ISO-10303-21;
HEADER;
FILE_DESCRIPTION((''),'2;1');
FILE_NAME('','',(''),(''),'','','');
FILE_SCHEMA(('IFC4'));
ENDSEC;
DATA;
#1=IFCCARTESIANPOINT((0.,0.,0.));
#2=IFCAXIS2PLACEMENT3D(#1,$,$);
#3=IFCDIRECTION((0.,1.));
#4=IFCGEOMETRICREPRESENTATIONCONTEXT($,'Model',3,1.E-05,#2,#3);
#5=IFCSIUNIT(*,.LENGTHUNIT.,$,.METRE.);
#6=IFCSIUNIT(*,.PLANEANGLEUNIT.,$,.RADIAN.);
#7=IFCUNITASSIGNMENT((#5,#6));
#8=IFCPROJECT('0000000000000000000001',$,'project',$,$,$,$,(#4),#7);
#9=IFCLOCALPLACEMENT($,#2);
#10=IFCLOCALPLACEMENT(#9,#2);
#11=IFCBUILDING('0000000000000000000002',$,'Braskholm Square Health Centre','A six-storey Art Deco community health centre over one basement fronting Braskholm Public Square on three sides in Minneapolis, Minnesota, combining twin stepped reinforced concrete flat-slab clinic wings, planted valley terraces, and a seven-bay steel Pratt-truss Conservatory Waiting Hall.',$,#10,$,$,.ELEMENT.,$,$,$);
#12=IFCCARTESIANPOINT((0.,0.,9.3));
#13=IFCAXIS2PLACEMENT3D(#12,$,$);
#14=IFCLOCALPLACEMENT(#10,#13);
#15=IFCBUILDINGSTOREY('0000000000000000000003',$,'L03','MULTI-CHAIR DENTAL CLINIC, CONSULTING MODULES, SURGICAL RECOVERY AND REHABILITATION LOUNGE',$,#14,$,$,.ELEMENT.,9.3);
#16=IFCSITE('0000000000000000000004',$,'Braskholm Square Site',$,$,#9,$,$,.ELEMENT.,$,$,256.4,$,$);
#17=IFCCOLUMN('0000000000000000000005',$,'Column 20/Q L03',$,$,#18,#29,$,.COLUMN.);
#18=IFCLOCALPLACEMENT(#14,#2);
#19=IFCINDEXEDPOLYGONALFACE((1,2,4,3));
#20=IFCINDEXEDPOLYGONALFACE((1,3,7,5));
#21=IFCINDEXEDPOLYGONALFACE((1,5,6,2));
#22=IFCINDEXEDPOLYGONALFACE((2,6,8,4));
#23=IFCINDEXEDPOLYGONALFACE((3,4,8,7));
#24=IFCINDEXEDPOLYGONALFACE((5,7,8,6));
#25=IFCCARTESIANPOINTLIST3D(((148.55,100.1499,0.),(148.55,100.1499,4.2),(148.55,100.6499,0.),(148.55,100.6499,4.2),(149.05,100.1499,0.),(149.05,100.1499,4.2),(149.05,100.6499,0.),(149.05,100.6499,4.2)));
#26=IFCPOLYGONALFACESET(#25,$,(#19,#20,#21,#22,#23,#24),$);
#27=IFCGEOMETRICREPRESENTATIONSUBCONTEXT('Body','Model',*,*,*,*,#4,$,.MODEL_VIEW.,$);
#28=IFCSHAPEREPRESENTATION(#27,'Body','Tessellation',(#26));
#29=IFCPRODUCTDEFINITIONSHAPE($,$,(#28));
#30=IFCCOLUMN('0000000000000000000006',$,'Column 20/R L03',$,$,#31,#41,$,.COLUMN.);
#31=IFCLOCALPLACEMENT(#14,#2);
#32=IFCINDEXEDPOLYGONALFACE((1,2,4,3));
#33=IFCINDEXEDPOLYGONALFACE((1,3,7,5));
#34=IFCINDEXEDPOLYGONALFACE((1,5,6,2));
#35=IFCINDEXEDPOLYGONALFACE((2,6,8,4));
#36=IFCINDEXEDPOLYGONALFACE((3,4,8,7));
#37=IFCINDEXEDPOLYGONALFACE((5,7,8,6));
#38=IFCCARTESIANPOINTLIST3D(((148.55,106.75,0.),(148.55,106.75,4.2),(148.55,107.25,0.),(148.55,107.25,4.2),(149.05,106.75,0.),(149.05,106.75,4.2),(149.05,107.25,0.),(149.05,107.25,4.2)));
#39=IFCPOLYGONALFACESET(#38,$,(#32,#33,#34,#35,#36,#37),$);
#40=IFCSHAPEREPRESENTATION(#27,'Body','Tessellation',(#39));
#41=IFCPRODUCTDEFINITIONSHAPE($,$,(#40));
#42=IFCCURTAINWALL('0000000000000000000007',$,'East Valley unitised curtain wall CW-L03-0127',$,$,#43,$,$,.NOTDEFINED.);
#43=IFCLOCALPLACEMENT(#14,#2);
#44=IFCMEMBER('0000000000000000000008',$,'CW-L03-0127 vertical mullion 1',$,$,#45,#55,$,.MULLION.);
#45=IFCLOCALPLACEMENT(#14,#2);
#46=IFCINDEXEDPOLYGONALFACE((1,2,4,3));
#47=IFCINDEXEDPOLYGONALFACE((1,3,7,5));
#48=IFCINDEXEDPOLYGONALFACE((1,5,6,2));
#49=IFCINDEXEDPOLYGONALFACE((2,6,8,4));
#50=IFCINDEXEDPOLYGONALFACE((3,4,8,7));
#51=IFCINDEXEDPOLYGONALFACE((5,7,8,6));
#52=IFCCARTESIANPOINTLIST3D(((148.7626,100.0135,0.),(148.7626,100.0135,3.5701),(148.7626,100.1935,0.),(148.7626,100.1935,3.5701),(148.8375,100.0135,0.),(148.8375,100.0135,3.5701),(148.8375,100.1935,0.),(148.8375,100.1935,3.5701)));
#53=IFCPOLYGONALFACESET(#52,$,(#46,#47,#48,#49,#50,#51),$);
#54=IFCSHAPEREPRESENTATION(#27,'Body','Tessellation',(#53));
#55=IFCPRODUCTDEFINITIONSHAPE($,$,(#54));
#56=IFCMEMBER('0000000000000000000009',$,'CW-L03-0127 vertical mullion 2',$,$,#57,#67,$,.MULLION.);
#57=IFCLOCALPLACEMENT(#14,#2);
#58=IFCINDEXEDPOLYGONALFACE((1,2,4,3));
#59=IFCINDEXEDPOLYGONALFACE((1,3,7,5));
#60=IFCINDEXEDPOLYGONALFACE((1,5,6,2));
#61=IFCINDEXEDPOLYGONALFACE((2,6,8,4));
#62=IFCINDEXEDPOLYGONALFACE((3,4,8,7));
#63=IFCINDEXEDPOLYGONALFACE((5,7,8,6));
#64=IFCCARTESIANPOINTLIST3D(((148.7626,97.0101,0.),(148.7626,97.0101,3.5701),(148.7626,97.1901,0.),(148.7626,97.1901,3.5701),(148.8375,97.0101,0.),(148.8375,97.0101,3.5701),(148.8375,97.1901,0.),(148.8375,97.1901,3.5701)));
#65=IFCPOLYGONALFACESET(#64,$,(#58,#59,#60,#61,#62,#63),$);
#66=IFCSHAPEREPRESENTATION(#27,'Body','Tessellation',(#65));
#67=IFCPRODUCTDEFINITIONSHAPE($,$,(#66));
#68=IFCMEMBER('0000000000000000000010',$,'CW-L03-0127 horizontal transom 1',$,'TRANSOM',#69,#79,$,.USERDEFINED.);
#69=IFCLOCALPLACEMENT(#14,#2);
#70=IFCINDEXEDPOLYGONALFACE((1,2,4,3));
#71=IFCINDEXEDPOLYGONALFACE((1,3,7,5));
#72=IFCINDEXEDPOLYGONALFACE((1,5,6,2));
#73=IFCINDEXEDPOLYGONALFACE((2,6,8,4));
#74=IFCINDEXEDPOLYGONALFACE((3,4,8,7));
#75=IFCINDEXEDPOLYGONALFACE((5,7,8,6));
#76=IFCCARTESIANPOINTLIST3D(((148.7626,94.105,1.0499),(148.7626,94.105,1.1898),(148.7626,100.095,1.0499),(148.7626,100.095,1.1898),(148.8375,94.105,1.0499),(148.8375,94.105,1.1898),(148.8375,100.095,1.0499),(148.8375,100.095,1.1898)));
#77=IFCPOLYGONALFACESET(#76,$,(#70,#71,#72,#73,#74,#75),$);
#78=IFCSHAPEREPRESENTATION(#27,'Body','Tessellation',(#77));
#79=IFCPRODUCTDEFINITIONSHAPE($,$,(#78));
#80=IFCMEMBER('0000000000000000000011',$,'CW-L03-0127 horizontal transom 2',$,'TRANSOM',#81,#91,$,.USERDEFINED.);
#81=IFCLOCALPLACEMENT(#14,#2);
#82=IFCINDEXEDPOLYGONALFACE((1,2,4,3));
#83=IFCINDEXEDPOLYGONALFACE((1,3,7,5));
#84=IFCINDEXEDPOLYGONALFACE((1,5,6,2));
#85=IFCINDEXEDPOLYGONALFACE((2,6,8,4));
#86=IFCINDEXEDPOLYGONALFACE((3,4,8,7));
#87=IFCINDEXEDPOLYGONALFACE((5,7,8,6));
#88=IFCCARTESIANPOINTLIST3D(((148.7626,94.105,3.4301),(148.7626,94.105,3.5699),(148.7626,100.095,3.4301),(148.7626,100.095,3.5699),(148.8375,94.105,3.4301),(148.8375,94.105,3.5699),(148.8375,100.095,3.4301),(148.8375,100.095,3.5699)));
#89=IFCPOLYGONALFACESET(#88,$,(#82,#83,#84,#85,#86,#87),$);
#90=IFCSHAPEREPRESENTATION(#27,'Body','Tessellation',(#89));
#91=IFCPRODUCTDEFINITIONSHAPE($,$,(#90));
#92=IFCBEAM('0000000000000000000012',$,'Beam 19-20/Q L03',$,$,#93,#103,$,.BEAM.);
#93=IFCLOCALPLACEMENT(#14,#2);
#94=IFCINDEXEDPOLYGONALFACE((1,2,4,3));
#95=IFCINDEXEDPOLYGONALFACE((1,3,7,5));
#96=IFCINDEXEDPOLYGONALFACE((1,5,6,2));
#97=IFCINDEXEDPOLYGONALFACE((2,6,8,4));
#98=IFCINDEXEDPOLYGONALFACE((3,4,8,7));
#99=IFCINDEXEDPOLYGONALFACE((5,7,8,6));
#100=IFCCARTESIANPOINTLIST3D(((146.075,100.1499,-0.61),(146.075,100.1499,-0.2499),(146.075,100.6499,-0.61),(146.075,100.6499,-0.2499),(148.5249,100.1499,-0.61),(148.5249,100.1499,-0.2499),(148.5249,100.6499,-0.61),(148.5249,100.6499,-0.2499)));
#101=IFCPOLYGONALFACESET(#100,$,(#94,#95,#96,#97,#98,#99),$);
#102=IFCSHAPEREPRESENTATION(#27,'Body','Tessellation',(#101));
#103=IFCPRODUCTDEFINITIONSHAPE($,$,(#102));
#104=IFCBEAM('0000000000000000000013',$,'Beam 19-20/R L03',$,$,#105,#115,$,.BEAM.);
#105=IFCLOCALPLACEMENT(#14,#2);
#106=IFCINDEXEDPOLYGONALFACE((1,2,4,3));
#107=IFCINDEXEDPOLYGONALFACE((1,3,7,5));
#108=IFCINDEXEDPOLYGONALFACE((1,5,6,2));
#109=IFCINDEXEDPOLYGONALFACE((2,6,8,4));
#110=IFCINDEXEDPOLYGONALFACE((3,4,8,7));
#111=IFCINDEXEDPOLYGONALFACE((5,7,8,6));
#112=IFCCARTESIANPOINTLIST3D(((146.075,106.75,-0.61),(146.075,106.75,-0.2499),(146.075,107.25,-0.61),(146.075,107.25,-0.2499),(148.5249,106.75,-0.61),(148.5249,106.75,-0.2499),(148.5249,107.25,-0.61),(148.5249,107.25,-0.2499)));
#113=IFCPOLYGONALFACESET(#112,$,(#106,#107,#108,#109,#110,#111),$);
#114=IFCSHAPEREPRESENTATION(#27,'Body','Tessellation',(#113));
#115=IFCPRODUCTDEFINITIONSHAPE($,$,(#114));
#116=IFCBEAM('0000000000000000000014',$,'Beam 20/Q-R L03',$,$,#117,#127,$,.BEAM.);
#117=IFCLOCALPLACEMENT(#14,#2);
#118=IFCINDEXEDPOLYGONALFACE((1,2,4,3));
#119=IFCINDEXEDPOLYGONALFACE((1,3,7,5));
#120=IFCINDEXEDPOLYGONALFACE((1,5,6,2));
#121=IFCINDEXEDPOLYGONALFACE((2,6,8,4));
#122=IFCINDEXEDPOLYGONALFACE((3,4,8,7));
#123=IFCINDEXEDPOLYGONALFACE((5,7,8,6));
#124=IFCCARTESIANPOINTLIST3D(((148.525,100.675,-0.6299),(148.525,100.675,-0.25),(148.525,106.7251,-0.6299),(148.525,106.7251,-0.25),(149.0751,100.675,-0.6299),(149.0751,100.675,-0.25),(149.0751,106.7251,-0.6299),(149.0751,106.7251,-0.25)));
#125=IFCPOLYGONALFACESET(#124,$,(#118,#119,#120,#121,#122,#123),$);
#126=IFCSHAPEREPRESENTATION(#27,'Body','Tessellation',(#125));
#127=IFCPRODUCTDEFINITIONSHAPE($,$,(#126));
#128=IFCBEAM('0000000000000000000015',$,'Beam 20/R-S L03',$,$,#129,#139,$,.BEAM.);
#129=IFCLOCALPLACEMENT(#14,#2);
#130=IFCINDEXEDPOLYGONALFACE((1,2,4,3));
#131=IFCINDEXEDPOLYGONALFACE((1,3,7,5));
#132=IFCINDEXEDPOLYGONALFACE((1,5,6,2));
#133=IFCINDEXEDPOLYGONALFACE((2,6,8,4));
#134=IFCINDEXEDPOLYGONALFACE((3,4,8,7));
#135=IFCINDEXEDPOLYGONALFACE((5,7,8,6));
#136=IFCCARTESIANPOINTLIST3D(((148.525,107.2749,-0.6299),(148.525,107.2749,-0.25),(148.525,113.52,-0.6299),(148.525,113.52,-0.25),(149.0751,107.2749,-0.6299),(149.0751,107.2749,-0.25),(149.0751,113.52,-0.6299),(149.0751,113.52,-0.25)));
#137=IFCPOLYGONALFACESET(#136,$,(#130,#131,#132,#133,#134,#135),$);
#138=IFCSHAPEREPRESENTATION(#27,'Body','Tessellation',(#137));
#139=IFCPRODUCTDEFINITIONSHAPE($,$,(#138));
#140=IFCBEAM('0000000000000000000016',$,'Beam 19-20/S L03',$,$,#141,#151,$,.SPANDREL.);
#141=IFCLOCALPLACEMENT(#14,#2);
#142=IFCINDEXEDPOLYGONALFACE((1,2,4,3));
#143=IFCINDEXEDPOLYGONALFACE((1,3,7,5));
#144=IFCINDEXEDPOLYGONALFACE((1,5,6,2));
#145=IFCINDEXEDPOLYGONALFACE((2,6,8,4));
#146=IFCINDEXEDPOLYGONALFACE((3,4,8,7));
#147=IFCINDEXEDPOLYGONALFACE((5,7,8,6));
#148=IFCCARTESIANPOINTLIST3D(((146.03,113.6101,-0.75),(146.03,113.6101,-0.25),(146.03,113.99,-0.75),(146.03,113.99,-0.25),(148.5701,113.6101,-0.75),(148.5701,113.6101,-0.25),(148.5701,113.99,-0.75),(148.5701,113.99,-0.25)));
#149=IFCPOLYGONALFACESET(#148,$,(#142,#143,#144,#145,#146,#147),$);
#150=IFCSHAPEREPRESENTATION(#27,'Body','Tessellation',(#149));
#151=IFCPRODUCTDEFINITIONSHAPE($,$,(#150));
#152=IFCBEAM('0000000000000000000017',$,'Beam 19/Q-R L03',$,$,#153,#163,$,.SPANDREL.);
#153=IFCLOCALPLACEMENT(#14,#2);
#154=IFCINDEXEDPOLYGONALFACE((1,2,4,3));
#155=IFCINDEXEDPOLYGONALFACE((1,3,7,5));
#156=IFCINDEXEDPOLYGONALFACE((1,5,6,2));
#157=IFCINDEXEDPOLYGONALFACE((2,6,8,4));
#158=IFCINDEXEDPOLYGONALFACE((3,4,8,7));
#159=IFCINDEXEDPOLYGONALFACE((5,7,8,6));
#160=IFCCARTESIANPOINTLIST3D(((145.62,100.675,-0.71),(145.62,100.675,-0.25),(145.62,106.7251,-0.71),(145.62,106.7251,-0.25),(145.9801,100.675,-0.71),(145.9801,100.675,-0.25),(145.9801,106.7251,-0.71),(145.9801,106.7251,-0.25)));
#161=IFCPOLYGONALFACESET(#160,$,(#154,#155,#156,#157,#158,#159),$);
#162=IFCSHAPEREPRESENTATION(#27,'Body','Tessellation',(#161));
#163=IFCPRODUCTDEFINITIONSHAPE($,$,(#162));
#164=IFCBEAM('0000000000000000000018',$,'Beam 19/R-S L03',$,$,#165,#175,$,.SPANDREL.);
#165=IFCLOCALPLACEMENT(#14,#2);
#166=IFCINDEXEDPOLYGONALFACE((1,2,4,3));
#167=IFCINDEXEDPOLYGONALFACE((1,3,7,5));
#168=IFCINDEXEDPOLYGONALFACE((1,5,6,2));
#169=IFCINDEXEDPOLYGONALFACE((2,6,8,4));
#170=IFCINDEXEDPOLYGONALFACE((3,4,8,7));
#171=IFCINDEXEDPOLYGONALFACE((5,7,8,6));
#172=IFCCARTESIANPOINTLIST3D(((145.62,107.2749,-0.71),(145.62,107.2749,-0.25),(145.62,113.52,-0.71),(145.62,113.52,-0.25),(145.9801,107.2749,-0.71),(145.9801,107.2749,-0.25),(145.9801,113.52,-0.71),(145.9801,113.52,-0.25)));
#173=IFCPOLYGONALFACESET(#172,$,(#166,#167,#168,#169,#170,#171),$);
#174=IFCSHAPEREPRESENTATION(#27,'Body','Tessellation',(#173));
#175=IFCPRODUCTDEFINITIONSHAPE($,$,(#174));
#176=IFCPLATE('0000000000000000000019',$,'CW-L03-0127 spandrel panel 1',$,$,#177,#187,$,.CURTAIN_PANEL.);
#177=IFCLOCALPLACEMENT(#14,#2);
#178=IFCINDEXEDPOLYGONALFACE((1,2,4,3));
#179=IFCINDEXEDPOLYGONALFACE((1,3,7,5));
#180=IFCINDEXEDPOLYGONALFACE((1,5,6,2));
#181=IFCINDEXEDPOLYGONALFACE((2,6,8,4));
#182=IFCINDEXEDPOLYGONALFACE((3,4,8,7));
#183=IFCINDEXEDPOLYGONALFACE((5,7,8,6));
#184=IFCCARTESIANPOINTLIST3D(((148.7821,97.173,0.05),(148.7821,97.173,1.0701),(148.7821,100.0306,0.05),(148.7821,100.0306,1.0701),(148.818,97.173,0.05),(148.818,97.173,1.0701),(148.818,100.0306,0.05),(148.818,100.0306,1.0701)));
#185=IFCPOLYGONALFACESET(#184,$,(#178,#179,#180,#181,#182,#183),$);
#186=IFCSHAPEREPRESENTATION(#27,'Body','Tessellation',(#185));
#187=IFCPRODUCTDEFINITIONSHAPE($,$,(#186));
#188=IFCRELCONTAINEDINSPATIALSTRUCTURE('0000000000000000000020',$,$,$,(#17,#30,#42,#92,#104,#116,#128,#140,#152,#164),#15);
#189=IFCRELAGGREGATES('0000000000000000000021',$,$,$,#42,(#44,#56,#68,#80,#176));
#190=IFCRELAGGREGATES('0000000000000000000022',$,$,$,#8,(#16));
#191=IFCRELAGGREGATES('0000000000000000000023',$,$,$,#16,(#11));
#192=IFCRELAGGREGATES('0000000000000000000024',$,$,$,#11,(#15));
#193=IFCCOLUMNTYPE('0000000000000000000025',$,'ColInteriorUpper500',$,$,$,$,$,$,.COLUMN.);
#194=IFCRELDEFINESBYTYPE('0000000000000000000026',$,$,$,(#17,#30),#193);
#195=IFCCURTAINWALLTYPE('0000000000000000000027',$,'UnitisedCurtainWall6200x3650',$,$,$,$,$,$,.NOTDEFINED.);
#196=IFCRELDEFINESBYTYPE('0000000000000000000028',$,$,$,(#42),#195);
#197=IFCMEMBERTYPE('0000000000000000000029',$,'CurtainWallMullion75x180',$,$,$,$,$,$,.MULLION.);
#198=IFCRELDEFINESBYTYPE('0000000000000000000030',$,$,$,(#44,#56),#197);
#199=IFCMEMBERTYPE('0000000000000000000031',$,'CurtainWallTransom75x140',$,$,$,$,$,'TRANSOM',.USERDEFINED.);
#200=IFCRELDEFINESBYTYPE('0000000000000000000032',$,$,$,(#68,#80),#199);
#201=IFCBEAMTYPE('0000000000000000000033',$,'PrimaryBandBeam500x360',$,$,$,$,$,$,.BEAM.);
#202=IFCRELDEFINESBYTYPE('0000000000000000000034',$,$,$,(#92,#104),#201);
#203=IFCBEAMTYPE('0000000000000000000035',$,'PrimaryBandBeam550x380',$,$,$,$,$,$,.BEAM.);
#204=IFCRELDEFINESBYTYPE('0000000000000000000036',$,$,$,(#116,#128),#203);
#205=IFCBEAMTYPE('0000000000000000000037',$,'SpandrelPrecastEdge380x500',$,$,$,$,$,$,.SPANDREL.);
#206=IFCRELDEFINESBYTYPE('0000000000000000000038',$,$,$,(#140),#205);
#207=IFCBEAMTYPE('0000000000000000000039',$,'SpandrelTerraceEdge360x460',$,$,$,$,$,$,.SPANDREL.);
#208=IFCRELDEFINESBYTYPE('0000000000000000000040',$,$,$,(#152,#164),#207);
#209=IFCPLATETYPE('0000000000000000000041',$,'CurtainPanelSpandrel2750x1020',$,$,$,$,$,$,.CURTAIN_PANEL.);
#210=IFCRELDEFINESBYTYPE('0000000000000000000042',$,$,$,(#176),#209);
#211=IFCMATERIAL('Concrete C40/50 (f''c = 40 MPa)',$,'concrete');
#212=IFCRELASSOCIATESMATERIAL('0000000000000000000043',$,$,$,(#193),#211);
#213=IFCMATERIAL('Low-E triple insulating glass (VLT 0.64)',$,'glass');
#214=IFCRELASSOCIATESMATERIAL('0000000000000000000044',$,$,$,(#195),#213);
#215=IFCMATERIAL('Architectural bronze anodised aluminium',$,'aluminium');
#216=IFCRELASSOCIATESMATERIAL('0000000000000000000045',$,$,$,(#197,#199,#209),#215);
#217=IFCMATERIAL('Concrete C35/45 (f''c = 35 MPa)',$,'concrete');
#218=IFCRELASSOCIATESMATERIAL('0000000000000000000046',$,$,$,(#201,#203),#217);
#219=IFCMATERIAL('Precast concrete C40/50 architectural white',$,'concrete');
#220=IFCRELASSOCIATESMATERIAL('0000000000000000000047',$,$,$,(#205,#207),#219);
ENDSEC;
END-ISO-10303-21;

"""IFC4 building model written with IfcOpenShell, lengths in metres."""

from ifc_helpers import new_model, si_unit, direction, frame, origin, origin_2d, place, context, subcontext, project, spatial, rectangle, extrude, material, material_profile, profile_set, type_object, element, aggregate, save


model = new_model("IFC4")

# Units and contexts
model_context = context("Model", 3, precision=1e-05, world=origin(), true_north=direction((0.0, 1.0)))
body_context = subcontext(model_context, "Body", "Model", "MODEL_VIEW")
ifc_project = project(units=[si_unit("LENGTHUNIT", "METRE"), si_unit("PLANEANGLEUNIT", "RADIAN")], contexts=[model_context])

# Site, building, storey
site_placement = place(None, origin())
site = spatial("IfcSite", under=ifc_project, at=site_placement, Name="Braskholm Square Site", CompositionType="ELEMENT", RefElevation=256.4)
building_placement = place(site_placement, origin())
building = spatial("IfcBuilding", under=site, at=building_placement, Name="Braskholm Square Health Centre", Description="A six-storey Art Deco community health centre over one basement fronting Braskholm Public Square on three sides in Minneapolis, Minnesota, combining twin stepped reinforced concrete flat-slab clinic wings, planted valley terraces, and a seven-bay steel Pratt-truss Conservatory Waiting Hall.", CompositionType="ELEMENT")
storey_placement = place(building_placement, frame((0.0, 0.0, 9.3)))
storey = spatial("IfcBuildingStorey", under=building, at=storey_placement, Name="L03", Description="MULTI-CHAIR DENTAL CLINIC, CONSULTING MODULES, SURGICAL RECOVERY AND REHABILITATION LOUNGE", CompositionType="ELEMENT", Elevation=9.3)

# Columns
ifc_material_1 = material(Name="Concrete C40/50 (f'c = 40 MPa)", Category="concrete")
ifc_material_profile_1 = material_profile(ifc_material_1, rectangle(XDim=0.5, YDim=0.5, at=origin_2d()), Name="RC-500X500")
ifc_profile_set_1 = profile_set([ifc_material_profile_1], Name="Concrete C40/50 (f'c = 40 MPa)")
column_type = type_object("IfcColumnType", Name="ColInteriorUpper500", PredefinedType="COLUMN", material=ifc_profile_set_1)
for number, where, z_axis, x_axis, name in (
    (1, (148.8, 100.3999, 0.0), (0.0, 0.0, 1.0), (1.0, 0.0, 0.0), "Column 20/Q L03"),
    (2, (148.8, 107.0, 0.0), (0.0, 0.0, 1.0), (1.0, 0.0, 0.0), "Column 20/R L03"),
):
    element("IfcColumn", number, at=place(storey_placement, frame(where, z_axis=z_axis, x_axis=x_axis)), inside=storey, type_object=column_type, Name=name, PredefinedType="COLUMN", context=body_context, shape_type="SweptSolid", body=[
        extrude(rectangle(XDim=0.5, YDim=0.5, at=origin_2d()), origin(), (0.0, 0.0, 1.0), 4.2),
    ])

# Curtain wall, members
ifc_material_2 = material(Name="Low-E triple insulating glass (VLT 0.64)", Category="glass")
curtain_wall_type = type_object("IfcCurtainWallType", Name="UnitisedCurtainWall6200x3650", PredefinedType="NOTDEFINED", material=ifc_material_2)
curtain_wall_placement = place(storey_placement, origin())
curtain_wall = element("IfcCurtainWall", 3, at=curtain_wall_placement, inside=storey, type_object=curtain_wall_type, Name="East Valley unitised curtain wall CW-L03-0127", PredefinedType="NOTDEFINED")
ifc_material_3 = material(Name="Architectural bronze anodised aluminium", Category="aluminium")
ifc_material_profile_2 = material_profile(ifc_material_3, rectangle(XDim=0.075, YDim=0.1799, at=origin_2d()), Name="ALU-75X180")
ifc_profile_set_2 = profile_set([ifc_material_profile_2], Name="Architectural bronze anodised aluminium")
member_type_1 = type_object("IfcMemberType", Name="CurtainWallMullion75x180", PredefinedType="MULLION", material=ifc_profile_set_2)
member_1_placement = place(storey_placement, frame((148.8, 100.1035, 0.0), z_axis=(0.0, 0.0, 1.0), x_axis=(1.0, 0.0, 0.0)))
member_1 = element("IfcMember", 4, at=member_1_placement, type_object=member_type_1, Name="CW-L03-0127 vertical mullion 1", PredefinedType="MULLION", context=body_context, shape_type="SweptSolid", body=[
    extrude(rectangle(XDim=0.075, YDim=0.1799, at=origin_2d()), origin(), (0.0, 0.0, 1.0), 3.5701),
])
member_2_placement = place(storey_placement, frame((148.8, 97.1001, 0.0), z_axis=(0.0, 0.0, 1.0), x_axis=(1.0, 0.0, 0.0)))
member_2 = element("IfcMember", 5, at=member_2_placement, type_object=member_type_1, Name="CW-L03-0127 vertical mullion 2", PredefinedType="MULLION", context=body_context, shape_type="SweptSolid", body=[
    extrude(rectangle(XDim=0.075, YDim=0.1799, at=origin_2d()), origin(), (0.0, 0.0, 1.0), 3.5701),
])
ifc_material_profile_3 = material_profile(ifc_material_3, rectangle(XDim=0.075, YDim=0.1399, at=origin_2d()), Name="ALU-75X140")
ifc_profile_set_3 = profile_set([ifc_material_profile_3], Name="Architectural bronze anodised aluminium")
member_type_2 = type_object("IfcMemberType", Name="CurtainWallTransom75x140", ElementType="TRANSOM", PredefinedType="USERDEFINED", material=ifc_profile_set_3)
member_3_placement = place(storey_placement, frame((148.8, 100.095, 1.1199), z_axis=(0.0, -1.0, 0.0), x_axis=(1.0, 0.0, 0.0)))
member_3 = element("IfcMember", 6, at=member_3_placement, type_object=member_type_2, Name="CW-L03-0127 horizontal transom 1", ObjectType="TRANSOM", PredefinedType="USERDEFINED", context=body_context, shape_type="SweptSolid", body=[
    extrude(rectangle(XDim=0.075, YDim=0.1399, at=origin_2d()), origin(), (0.0, 0.0, 1.0), 5.99),
])
member_4_placement = place(storey_placement, frame((148.8, 100.095, 3.5), z_axis=(0.0, -1.0, 0.0), x_axis=(1.0, 0.0, 0.0)))
member_4 = element("IfcMember", 7, at=member_4_placement, type_object=member_type_2, Name="CW-L03-0127 horizontal transom 2", ObjectType="TRANSOM", PredefinedType="USERDEFINED", context=body_context, shape_type="SweptSolid", body=[
    extrude(rectangle(XDim=0.075, YDim=0.1399, at=origin_2d()), origin(), (0.0, 0.0, 1.0), 5.99),
])

# Beams
ifc_material_4 = material(Name="Concrete C35/45 (f'c = 35 MPa)", Category="concrete")
ifc_material_profile_4 = material_profile(ifc_material_4, rectangle(XDim=0.5, YDim=0.3601, at=origin_2d()), Name="RCB-500X360")
ifc_profile_set_4 = profile_set([ifc_material_profile_4], Name="Concrete C35/45 (f'c = 35 MPa)")
beam_type_1 = type_object("IfcBeamType", Name="PrimaryBandBeam500x360", PredefinedType="BEAM", material=ifc_profile_set_4)
for number, where, z_axis, x_axis, name in (
    (8, (146.075, 100.3999, -0.4299), (1.0, 0.0, 0.0), (0.0, 1.0, 0.0), "Beam 19-20/Q L03"),
    (9, (146.075, 107.0, -0.4299), (1.0, 0.0, 0.0), (0.0, 1.0, 0.0), "Beam 19-20/R L03"),
):
    element("IfcBeam", number, at=place(storey_placement, frame(where, z_axis=z_axis, x_axis=x_axis)), inside=storey, type_object=beam_type_1, Name=name, PredefinedType="BEAM", context=body_context, shape_type="SweptSolid", body=[
        extrude(rectangle(XDim=0.5, YDim=0.3601, at=origin_2d()), origin(), (0.0, 0.0, 1.0), 2.45),
    ])
ifc_material_profile_5 = material_profile(ifc_material_4, rectangle(XDim=0.55, YDim=0.3799, at=origin_2d()), Name="RCB-550X380")
ifc_profile_set_5 = profile_set([ifc_material_profile_5], Name="Concrete C35/45 (f'c = 35 MPa)")
beam_type_2 = type_object("IfcBeamType", Name="PrimaryBandBeam550x380", PredefinedType="BEAM", material=ifc_profile_set_5)
beam_1_placement = place(storey_placement, frame((148.8, 100.675, -0.4399), z_axis=(0.0, 1.0, 0.0), x_axis=(-1.0, 0.0, 0.0)))
element("IfcBeam", 10, at=beam_1_placement, inside=storey, type_object=beam_type_2, Name="Beam 20/Q-R L03", PredefinedType="BEAM", context=body_context, shape_type="SweptSolid", body=[
    extrude(rectangle(XDim=0.55, YDim=0.3799, at=origin_2d()), origin(), (0.0, 0.0, 1.0), 6.05),
])
beam_2_placement = place(storey_placement, frame((148.8, 107.2749, -0.4399), z_axis=(0.0, 1.0, 0.0), x_axis=(-1.0, 0.0, 0.0)))
element("IfcBeam", 11, at=beam_2_placement, inside=storey, type_object=beam_type_2, Name="Beam 20/R-S L03", PredefinedType="BEAM", context=body_context, shape_type="SweptSolid", body=[
    extrude(rectangle(XDim=0.55, YDim=0.3799, at=origin_2d()), origin(), (0.0, 0.0, 1.0), 6.2451),
])
ifc_material_5 = material(Name="Precast concrete C40/50 architectural white", Category="concrete")
ifc_material_profile_6 = material_profile(ifc_material_5, rectangle(XDim=0.3799, YDim=0.5, at=origin_2d()), Name="RCB-380X500")
ifc_profile_set_6 = profile_set([ifc_material_profile_6], Name="Precast concrete C40/50 architectural white")
beam_type_3 = type_object("IfcBeamType", Name="SpandrelPrecastEdge380x500", PredefinedType="SPANDREL", material=ifc_profile_set_6)
beam_3_placement = place(storey_placement, frame((146.03, 113.8, -0.5), z_axis=(1.0, 0.0, 0.0), x_axis=(0.0, 1.0, 0.0)))
element("IfcBeam", 12, at=beam_3_placement, inside=storey, type_object=beam_type_3, Name="Beam 19-20/S L03", PredefinedType="SPANDREL", context=body_context, shape_type="SweptSolid", body=[
    extrude(rectangle(XDim=0.3799, YDim=0.5, at=origin_2d()), origin(), (0.0, 0.0, 1.0), 2.54),
])
ifc_material_profile_7 = material_profile(ifc_material_5, rectangle(XDim=0.3601, YDim=0.46, at=origin_2d()), Name="RCB-360X460")
ifc_profile_set_7 = profile_set([ifc_material_profile_7], Name="Precast concrete C40/50 architectural white")
beam_type_4 = type_object("IfcBeamType", Name="SpandrelTerraceEdge360x460", PredefinedType="SPANDREL", material=ifc_profile_set_7)
beam_4_placement = place(storey_placement, frame((145.8, 100.675, -0.48), z_axis=(0.0, 1.0, 0.0), x_axis=(-1.0, 0.0, 0.0)))
element("IfcBeam", 13, at=beam_4_placement, inside=storey, type_object=beam_type_4, Name="Beam 19/Q-R L03", PredefinedType="SPANDREL", context=body_context, shape_type="SweptSolid", body=[
    extrude(rectangle(XDim=0.3601, YDim=0.46, at=origin_2d()), origin(), (0.0, 0.0, 1.0), 6.05),
])
beam_5_placement = place(storey_placement, frame((145.8, 107.2749, -0.48), z_axis=(0.0, 1.0, 0.0), x_axis=(-1.0, 0.0, 0.0)))
element("IfcBeam", 14, at=beam_5_placement, inside=storey, type_object=beam_type_4, Name="Beam 19/R-S L03", PredefinedType="SPANDREL", context=body_context, shape_type="SweptSolid", body=[
    extrude(rectangle(XDim=0.3601, YDim=0.46, at=origin_2d()), origin(), (0.0, 0.0, 1.0), 6.2451),
])

# Plate
plate_type_1 = type_object("IfcPlateType", Name="CurtainPanelSpandrel2750x1020", PredefinedType="CURTAIN_PANEL", material=ifc_material_3)
plate_1_placement = place(storey_placement, frame((148.8, 98.6018, 0.05), z_axis=(0.0, 0.0, 1.0), x_axis=(0.0, -1.0, 0.0)))
plate_1 = element("IfcPlate", 15, at=plate_1_placement, type_object=plate_type_1, Name="CW-L03-0127 spandrel panel 1", PredefinedType="CURTAIN_PANEL", context=body_context, shape_type="SweptSolid", body=[
    extrude(rectangle(XDim=2.8577, YDim=0.0359, at=origin_2d()), origin(), (0.0, 0.0, 1.0), 1.02),
])
aggregate(curtain_wall, [member_1, member_2, member_3, member_4, plate_1])

save(model, "model.ifc")
